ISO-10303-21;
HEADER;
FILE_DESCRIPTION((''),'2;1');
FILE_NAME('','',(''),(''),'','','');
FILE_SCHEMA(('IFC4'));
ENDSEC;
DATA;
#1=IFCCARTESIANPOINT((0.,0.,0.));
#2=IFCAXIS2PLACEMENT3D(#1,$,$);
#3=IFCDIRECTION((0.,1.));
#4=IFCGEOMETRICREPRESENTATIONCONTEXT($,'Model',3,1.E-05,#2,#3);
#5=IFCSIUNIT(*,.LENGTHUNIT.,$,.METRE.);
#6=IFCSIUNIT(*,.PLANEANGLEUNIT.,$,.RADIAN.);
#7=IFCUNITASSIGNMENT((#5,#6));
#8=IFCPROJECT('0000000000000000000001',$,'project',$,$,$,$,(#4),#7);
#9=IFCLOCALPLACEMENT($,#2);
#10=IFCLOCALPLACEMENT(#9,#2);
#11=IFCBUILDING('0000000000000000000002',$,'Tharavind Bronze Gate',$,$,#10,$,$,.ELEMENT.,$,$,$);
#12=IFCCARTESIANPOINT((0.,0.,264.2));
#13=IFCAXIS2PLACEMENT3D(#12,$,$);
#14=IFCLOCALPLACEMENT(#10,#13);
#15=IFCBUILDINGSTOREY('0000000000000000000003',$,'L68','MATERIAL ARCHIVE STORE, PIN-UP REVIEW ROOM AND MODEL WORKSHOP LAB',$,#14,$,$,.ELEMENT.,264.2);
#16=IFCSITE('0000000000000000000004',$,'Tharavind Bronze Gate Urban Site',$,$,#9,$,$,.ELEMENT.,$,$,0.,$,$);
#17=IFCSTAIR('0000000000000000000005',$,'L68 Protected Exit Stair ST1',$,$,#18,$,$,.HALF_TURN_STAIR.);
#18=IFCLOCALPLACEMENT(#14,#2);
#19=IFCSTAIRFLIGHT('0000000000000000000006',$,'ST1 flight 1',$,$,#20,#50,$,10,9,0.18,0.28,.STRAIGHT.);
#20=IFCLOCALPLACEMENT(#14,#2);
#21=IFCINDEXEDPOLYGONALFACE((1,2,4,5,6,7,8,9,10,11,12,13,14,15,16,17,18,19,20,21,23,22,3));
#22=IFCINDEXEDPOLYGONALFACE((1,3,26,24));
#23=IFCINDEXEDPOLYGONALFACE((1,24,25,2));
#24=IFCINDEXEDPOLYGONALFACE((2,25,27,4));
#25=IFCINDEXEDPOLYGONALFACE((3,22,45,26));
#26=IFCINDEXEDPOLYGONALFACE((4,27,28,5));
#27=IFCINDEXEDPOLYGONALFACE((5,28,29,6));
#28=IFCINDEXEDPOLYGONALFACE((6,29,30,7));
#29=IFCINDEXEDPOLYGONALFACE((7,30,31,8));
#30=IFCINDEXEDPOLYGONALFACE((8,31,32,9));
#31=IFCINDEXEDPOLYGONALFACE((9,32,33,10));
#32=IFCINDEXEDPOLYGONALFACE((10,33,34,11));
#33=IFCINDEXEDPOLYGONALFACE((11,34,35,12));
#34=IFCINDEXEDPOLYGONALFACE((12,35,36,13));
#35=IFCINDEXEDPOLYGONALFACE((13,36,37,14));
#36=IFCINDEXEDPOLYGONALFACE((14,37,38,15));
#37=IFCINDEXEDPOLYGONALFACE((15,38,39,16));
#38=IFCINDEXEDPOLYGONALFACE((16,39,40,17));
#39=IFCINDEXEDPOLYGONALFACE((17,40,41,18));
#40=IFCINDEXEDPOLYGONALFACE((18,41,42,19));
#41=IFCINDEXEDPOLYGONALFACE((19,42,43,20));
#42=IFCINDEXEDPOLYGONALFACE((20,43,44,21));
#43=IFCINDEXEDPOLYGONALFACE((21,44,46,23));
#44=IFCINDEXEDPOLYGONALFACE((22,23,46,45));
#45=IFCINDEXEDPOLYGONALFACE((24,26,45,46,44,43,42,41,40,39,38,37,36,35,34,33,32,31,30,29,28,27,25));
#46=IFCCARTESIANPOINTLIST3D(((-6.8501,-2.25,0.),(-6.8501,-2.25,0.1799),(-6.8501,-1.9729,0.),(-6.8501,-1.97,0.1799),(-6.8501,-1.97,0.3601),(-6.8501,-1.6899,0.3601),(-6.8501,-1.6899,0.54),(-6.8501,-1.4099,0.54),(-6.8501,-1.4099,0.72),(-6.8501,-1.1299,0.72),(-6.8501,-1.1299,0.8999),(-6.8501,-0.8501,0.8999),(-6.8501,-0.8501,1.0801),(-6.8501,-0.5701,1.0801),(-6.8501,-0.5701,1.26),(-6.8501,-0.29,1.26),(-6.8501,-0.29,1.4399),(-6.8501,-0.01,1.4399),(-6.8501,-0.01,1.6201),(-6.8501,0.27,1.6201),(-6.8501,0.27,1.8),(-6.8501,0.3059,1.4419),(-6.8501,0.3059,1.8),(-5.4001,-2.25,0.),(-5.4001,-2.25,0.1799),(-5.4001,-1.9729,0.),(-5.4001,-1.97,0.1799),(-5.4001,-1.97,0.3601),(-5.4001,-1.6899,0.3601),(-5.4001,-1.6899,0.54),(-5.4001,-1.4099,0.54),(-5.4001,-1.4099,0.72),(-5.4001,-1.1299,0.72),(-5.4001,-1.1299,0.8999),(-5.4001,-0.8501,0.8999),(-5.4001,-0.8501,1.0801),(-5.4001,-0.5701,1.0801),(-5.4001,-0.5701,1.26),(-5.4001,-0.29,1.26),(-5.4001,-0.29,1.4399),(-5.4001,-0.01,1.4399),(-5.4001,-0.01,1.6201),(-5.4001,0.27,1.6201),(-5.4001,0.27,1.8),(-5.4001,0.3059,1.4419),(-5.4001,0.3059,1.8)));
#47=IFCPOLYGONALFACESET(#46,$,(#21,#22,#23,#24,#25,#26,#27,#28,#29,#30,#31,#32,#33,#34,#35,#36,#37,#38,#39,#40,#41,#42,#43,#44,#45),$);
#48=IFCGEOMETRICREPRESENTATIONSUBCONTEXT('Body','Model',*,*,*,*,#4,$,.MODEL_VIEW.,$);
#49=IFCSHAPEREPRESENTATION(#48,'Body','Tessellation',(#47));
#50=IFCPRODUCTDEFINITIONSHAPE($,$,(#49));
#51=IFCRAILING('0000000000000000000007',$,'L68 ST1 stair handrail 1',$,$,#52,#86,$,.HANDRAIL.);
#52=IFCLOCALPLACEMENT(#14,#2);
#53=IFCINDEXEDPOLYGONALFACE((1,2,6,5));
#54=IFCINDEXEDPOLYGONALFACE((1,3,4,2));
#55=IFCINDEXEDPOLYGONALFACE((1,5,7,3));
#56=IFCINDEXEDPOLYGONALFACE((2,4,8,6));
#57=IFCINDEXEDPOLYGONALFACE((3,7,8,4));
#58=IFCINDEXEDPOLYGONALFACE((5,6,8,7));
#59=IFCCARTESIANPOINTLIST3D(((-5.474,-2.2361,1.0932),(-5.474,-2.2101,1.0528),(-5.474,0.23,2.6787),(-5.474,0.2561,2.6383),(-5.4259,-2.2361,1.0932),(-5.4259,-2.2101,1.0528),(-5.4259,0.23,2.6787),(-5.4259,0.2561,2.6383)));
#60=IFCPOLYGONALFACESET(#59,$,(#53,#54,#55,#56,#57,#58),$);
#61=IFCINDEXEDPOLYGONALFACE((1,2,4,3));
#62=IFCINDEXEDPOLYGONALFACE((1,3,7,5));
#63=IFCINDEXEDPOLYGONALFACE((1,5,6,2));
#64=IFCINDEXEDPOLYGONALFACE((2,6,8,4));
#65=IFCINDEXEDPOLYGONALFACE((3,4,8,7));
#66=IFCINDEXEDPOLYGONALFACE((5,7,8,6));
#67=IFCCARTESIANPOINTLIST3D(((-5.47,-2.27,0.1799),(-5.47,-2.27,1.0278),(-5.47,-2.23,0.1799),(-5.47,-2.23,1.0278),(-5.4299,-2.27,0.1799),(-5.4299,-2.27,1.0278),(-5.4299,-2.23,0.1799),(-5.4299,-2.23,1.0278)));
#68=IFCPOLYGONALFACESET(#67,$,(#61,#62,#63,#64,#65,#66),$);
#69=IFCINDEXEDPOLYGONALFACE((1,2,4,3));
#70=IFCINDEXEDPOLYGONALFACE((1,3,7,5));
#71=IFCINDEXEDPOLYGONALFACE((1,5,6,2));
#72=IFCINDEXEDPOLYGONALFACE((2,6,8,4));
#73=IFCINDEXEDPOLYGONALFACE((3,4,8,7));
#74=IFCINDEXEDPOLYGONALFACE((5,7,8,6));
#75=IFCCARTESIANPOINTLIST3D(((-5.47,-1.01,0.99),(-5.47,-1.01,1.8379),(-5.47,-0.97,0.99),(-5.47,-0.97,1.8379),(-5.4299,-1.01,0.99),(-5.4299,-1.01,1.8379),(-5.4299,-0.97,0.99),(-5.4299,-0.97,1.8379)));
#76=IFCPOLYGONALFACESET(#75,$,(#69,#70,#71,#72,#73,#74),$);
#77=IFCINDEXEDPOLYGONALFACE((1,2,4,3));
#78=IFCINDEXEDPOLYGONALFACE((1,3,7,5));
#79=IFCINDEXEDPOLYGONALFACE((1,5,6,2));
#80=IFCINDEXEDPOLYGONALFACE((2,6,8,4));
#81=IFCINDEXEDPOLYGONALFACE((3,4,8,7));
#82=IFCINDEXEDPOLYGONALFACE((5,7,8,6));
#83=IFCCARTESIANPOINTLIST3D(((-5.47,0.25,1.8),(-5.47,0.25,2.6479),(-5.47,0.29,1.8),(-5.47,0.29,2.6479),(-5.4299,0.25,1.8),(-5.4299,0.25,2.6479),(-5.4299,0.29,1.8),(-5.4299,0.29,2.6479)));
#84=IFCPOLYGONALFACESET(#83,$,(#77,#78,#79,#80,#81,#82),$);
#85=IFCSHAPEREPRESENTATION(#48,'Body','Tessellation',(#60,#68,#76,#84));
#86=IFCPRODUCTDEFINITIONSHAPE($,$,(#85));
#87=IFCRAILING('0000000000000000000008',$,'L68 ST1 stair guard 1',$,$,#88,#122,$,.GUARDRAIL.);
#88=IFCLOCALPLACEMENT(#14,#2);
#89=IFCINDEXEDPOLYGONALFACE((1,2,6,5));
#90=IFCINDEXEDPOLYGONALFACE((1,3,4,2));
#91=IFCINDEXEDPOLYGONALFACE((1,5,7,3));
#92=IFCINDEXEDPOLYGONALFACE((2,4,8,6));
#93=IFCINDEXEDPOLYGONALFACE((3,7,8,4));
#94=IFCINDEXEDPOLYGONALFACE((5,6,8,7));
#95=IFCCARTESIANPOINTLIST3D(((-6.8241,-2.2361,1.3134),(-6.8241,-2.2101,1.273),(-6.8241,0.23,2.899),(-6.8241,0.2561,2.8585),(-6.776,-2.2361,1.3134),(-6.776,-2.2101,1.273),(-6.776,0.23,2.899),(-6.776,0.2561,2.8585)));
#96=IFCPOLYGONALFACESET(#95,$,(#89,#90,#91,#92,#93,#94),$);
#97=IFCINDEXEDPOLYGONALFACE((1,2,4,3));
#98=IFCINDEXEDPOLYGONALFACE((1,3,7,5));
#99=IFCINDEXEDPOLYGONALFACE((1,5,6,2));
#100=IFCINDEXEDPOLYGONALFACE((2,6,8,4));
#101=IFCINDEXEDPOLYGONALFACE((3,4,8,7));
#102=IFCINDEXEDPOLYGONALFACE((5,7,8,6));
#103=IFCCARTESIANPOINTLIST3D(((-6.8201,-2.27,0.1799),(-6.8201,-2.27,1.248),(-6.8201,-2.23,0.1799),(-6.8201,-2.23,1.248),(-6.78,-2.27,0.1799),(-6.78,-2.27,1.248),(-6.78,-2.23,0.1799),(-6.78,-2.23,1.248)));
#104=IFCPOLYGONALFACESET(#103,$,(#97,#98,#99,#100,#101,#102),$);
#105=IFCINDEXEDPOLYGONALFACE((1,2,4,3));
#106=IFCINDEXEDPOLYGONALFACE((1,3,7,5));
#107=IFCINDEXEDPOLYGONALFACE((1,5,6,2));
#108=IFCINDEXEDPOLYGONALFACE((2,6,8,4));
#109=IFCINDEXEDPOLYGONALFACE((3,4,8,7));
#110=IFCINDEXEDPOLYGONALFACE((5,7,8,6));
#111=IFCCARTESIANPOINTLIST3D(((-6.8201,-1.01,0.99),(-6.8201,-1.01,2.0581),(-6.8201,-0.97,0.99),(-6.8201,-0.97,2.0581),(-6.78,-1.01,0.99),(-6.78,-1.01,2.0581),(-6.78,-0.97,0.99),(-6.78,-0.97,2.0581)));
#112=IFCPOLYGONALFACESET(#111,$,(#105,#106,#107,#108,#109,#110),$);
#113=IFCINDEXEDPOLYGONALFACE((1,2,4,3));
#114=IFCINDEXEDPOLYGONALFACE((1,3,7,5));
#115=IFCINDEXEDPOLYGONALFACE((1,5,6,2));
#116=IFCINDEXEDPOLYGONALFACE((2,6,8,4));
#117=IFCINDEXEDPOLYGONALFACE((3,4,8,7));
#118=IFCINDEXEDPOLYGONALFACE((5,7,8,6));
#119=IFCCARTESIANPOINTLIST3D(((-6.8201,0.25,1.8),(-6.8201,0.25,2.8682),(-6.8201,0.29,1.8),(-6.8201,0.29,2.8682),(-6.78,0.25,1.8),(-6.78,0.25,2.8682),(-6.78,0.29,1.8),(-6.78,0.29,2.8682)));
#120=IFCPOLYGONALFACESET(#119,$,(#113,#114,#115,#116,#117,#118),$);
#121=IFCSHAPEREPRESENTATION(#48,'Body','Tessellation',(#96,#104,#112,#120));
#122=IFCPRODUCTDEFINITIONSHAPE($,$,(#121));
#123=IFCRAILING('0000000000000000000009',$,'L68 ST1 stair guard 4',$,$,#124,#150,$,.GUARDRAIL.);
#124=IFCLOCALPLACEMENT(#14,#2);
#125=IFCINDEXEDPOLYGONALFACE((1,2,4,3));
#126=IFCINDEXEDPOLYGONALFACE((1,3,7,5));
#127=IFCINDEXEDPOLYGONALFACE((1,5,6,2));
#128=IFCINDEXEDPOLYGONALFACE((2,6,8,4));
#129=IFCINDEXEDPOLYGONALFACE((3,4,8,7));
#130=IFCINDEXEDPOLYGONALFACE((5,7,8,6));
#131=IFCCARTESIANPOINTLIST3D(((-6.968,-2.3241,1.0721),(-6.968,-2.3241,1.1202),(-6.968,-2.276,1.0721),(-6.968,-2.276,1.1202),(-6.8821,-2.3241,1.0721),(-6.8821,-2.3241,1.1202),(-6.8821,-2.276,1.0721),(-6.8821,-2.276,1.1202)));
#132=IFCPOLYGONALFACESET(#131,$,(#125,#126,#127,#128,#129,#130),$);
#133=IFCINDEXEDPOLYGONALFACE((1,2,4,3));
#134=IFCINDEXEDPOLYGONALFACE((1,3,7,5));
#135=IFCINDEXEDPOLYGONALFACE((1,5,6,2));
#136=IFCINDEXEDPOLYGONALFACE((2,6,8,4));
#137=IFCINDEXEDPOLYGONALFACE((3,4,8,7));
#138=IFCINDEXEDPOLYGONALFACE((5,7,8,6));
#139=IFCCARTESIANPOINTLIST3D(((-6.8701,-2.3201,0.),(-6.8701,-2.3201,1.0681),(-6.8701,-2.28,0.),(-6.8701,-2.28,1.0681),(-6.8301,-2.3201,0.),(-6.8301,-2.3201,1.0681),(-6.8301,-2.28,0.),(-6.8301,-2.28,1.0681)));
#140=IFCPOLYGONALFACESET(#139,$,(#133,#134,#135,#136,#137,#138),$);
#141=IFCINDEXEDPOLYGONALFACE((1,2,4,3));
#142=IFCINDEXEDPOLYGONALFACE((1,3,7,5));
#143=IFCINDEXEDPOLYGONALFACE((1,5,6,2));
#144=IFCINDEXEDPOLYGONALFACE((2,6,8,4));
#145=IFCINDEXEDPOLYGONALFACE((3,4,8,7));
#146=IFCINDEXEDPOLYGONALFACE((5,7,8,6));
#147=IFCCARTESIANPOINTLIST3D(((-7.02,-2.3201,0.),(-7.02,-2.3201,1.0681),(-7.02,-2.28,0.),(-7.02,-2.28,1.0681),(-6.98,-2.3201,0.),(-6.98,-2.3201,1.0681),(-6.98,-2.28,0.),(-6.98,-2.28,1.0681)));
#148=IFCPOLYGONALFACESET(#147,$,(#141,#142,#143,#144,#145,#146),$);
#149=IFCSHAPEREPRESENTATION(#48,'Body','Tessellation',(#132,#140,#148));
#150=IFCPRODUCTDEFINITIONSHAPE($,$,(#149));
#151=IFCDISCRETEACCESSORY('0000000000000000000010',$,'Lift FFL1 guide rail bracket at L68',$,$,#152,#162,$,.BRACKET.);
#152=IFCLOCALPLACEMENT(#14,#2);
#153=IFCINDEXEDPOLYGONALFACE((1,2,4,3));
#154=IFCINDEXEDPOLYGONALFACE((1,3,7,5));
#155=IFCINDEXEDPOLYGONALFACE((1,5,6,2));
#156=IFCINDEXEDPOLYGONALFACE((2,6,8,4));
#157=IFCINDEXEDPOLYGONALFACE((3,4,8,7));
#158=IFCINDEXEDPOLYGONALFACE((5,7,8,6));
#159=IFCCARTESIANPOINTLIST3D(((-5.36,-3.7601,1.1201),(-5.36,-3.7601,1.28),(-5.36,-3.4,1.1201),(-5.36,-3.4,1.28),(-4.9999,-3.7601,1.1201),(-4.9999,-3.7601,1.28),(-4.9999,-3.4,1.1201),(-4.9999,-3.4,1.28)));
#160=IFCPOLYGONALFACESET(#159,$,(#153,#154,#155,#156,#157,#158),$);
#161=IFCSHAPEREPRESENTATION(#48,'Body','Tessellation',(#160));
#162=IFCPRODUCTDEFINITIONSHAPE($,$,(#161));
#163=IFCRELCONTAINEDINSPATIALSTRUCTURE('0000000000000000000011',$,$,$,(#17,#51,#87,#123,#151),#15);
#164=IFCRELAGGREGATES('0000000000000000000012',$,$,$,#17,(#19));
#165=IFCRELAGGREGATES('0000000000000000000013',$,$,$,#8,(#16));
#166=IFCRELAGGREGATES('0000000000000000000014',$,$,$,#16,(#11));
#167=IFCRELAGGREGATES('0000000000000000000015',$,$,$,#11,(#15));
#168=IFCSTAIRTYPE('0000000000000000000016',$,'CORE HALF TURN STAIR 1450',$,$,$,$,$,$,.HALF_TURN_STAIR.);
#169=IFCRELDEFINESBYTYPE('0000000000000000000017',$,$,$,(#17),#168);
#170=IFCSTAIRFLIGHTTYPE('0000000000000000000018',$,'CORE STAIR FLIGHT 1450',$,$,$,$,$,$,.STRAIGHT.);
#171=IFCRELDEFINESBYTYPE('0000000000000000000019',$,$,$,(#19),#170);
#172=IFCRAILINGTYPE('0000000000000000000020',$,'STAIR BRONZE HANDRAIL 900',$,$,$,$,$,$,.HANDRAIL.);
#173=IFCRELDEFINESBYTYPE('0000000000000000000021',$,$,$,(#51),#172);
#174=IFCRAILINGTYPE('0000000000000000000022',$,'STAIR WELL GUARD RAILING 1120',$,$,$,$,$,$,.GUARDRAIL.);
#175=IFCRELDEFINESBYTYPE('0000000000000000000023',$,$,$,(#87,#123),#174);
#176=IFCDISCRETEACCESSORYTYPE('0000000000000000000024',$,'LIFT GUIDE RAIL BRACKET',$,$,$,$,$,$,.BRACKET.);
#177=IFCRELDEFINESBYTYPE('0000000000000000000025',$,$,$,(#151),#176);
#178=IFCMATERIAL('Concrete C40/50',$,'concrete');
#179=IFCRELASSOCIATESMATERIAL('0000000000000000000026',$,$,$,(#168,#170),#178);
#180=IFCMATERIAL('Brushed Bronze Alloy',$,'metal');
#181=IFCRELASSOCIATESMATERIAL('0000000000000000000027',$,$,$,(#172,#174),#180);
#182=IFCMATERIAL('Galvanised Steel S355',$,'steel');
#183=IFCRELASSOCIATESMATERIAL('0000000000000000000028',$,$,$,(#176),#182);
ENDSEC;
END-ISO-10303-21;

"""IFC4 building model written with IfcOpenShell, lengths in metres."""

from ifc_helpers import new_model, si_unit, direction, frame, origin, origin_2d, place, context, subcontext, project, spatial, polyline, rectangle, outline, extrude, material, type_object, element, aggregate, save


model = new_model("IFC4")

# Units and contexts
model_context = context("Model", 3, precision=1e-05, world=origin(), true_north=direction((0.0, 1.0)))
body_context = subcontext(model_context, "Body", "Model", "MODEL_VIEW")
ifc_project = project(units=[si_unit("LENGTHUNIT", "METRE"), si_unit("PLANEANGLEUNIT", "RADIAN")], contexts=[model_context])

# Site, building, storey
site_placement = place(None, origin())
site = spatial("IfcSite", under=ifc_project, at=site_placement, Name="Tharavind Bronze Gate Urban Site", CompositionType="ELEMENT", RefElevation=0.0)
building_placement = place(site_placement, origin())
building = spatial("IfcBuilding", under=site, at=building_placement, Name="Tharavind Bronze Gate", CompositionType="ELEMENT")
storey_placement = place(building_placement, frame((0.0, 0.0, 264.2)))
storey = spatial("IfcBuildingStorey", under=building, at=storey_placement, Name="L68", Description="MATERIAL ARCHIVE STORE, PIN-UP REVIEW ROOM AND MODEL WORKSHOP LAB", CompositionType="ELEMENT", Elevation=264.2)

# Shared definitions
ifc_material_1 = material(Name="Concrete C40/50", Category="concrete")

# Stair
stair_type = type_object("IfcStairType", Name="CORE HALF TURN STAIR 1450", PredefinedType="HALF_TURN_STAIR", material=ifc_material_1)
stair_placement = place(storey_placement, origin())
stair = element("IfcStair", 1, at=stair_placement, inside=storey, type_object=stair_type, Name="L68 Protected Exit Stair ST1", PredefinedType="HALF_TURN_STAIR")

# Stair flight
stair_flight_type = type_object("IfcStairFlightType", Name="CORE STAIR FLIGHT 1450", PredefinedType="STRAIGHT", material=ifc_material_1)
stair_flight_placement = place(storey_placement, frame((-6.125, -2.25, 0.0), z_axis=(0.0, 0.0, 1.0), x_axis=(0.0, 1.0, 0.0)))
stair_flight = element("IfcStairFlight", 2, at=stair_flight_placement, type_object=stair_flight_type, Name="ST1 flight 1", NumberOfRisers=10, NumberOfTreads=9, PredefinedType="STRAIGHT", RiserHeight=0.18, TreadLength=0.28, context=body_context, shape_type="SweptSolid", body=[
    extrude(outline(polyline([(0.0, 0.0), (0.0, 0.1799), (0.28, 0.1799), (0.28, 0.3601), (0.5601, 0.3601), (0.5601, 0.54), (0.8401, 0.54), (0.8401, 0.72), (1.1201, 0.72), (1.1201, 0.8999), (1.3999, 0.8999), (1.3999, 1.0801), (1.6799, 1.0801), (1.6799, 1.26), (1.96, 1.26), (1.96, 1.4399), (2.24, 1.4399), (2.24, 1.6201), (2.52, 1.6201), (2.52, 1.8), (2.5559, 1.8), (2.5559, 1.4419), (0.2771, 0.0), (0.0, 0.0)])), frame((0.0, 0.7251, 0.0), z_axis=(0.0, -1.0, 0.0), x_axis=(1.0, 0.0, 0.0)), (0.0, 0.0, 1.0), 1.45),
])
aggregate(stair, [stair_flight])

# Railings
ifc_material_2 = material(Name="Brushed Bronze Alloy", Category="metal")
railing_type_1 = type_object("IfcRailingType", Name="STAIR BRONZE HANDRAIL 900", PredefinedType="HANDRAIL", material=ifc_material_2)
railing_1_placement = place(storey_placement, frame((-5.45, -2.25, 0.1799)))
element("IfcRailing", 3, at=railing_1_placement, inside=storey, type_object=railing_type_1, Name="L68 ST1 stair handrail 1", PredefinedType="HANDRAIL", context=body_context, shape_type="SweptSolid", body=[
    extrude(rectangle(XDim=0.0481, YDim=0.0481, at=origin_2d()), frame((0.0, 0.0269, 0.8931), z_axis=(0.0, 0.841163, 0.540782), x_axis=(-1.0, 0.0, 0.0)), (0.0, 0.0, 1.0), 2.9319),
    extrude(rectangle(XDim=0.04, YDim=0.04, at=origin_2d()), origin(), (0.0, 0.0, 1.0), 0.8479),
    extrude(rectangle(XDim=0.04, YDim=0.04, at=origin_2d()), frame((0.0, 1.26, 0.8101)), (0.0, 0.0, 1.0), 0.8479),
    extrude(rectangle(XDim=0.04, YDim=0.04, at=origin_2d()), frame((0.0, 2.52, 1.6201)), (0.0, 0.0, 1.0), 0.8479),
])
railing_type_2 = type_object("IfcRailingType", Name="STAIR WELL GUARD RAILING 1120", PredefinedType="GUARDRAIL", material=ifc_material_2)
railing_2_placement = place(storey_placement, frame((-6.8, -2.25, 0.1799)))
element("IfcRailing", 4, at=railing_2_placement, inside=storey, type_object=railing_type_2, Name="L68 ST1 stair guard 1", PredefinedType="GUARDRAIL", context=body_context, shape_type="SweptSolid", body=[
    extrude(rectangle(XDim=0.0481, YDim=0.0481, at=origin_2d()), frame((0.0, 0.0269, 1.1133), z_axis=(0.0, 0.841163, 0.540782), x_axis=(-1.0, 0.0, 0.0)), (0.0, 0.0, 1.0), 2.9319),
    extrude(rectangle(XDim=0.04, YDim=0.04, at=origin_2d()), origin(), (0.0, 0.0, 1.0), 1.0681),
    extrude(rectangle(XDim=0.04, YDim=0.04, at=origin_2d()), frame((0.0, 1.26, 0.8101)), (0.0, 0.0, 1.0), 1.0681),
    extrude(rectangle(XDim=0.04, YDim=0.04, at=origin_2d()), frame((0.0, 2.52, 1.6201)), (0.0, 0.0, 1.0), 1.0681),
])
railing_3_placement = place(storey_placement, frame((-6.8501, -2.3, 0.0)))
element("IfcRailing", 5, at=railing_3_placement, inside=storey, type_object=railing_type_2, Name="L68 ST1 stair guard 4", PredefinedType="GUARDRAIL", context=body_context, shape_type="SweptSolid", body=[
    extrude(rectangle(XDim=0.0481, YDim=0.0481, at=origin_2d()), frame((-0.032, 0.0, 1.0962), z_axis=(-1.0, 0.0, 0.0), x_axis=(0.0, -1.0, 0.0)), (0.0, 0.0, 1.0), 0.0859),
    extrude(rectangle(XDim=0.04, YDim=0.04, at=origin_2d()), origin(), (0.0, 0.0, 1.0), 1.0681),
    extrude(rectangle(XDim=0.04, YDim=0.04, at=origin_2d()), frame((-0.1499, 0.0, 0.0)), (0.0, 0.0, 1.0), 1.0681),
])

# Discrete accessory
ifc_material_3 = material(Name="Galvanised Steel S355", Category="steel")
discrete_accessory_type = type_object("IfcDiscreteAccessoryType", Name="LIFT GUIDE RAIL BRACKET", PredefinedType="BRACKET", material=ifc_material_3)
discrete_accessory_placement = place(storey_placement, frame((-5.1799, -3.5801, 1.1201), z_axis=(0.0, 0.0, 1.0), x_axis=(1.0, 0.0, 0.0)))
element("IfcDiscreteAccessory", 6, at=discrete_accessory_placement, inside=storey, type_object=discrete_accessory_type, Name="Lift FFL1 guide rail bracket at L68", PredefinedType="BRACKET", context=body_context, shape_type="SweptSolid", body=[
    extrude(rectangle(XDim=0.3601, YDim=0.3601, at=origin_2d()), origin(), (0.0, 0.0, 1.0), 0.1599),
])

save(model, "model.ifc")
